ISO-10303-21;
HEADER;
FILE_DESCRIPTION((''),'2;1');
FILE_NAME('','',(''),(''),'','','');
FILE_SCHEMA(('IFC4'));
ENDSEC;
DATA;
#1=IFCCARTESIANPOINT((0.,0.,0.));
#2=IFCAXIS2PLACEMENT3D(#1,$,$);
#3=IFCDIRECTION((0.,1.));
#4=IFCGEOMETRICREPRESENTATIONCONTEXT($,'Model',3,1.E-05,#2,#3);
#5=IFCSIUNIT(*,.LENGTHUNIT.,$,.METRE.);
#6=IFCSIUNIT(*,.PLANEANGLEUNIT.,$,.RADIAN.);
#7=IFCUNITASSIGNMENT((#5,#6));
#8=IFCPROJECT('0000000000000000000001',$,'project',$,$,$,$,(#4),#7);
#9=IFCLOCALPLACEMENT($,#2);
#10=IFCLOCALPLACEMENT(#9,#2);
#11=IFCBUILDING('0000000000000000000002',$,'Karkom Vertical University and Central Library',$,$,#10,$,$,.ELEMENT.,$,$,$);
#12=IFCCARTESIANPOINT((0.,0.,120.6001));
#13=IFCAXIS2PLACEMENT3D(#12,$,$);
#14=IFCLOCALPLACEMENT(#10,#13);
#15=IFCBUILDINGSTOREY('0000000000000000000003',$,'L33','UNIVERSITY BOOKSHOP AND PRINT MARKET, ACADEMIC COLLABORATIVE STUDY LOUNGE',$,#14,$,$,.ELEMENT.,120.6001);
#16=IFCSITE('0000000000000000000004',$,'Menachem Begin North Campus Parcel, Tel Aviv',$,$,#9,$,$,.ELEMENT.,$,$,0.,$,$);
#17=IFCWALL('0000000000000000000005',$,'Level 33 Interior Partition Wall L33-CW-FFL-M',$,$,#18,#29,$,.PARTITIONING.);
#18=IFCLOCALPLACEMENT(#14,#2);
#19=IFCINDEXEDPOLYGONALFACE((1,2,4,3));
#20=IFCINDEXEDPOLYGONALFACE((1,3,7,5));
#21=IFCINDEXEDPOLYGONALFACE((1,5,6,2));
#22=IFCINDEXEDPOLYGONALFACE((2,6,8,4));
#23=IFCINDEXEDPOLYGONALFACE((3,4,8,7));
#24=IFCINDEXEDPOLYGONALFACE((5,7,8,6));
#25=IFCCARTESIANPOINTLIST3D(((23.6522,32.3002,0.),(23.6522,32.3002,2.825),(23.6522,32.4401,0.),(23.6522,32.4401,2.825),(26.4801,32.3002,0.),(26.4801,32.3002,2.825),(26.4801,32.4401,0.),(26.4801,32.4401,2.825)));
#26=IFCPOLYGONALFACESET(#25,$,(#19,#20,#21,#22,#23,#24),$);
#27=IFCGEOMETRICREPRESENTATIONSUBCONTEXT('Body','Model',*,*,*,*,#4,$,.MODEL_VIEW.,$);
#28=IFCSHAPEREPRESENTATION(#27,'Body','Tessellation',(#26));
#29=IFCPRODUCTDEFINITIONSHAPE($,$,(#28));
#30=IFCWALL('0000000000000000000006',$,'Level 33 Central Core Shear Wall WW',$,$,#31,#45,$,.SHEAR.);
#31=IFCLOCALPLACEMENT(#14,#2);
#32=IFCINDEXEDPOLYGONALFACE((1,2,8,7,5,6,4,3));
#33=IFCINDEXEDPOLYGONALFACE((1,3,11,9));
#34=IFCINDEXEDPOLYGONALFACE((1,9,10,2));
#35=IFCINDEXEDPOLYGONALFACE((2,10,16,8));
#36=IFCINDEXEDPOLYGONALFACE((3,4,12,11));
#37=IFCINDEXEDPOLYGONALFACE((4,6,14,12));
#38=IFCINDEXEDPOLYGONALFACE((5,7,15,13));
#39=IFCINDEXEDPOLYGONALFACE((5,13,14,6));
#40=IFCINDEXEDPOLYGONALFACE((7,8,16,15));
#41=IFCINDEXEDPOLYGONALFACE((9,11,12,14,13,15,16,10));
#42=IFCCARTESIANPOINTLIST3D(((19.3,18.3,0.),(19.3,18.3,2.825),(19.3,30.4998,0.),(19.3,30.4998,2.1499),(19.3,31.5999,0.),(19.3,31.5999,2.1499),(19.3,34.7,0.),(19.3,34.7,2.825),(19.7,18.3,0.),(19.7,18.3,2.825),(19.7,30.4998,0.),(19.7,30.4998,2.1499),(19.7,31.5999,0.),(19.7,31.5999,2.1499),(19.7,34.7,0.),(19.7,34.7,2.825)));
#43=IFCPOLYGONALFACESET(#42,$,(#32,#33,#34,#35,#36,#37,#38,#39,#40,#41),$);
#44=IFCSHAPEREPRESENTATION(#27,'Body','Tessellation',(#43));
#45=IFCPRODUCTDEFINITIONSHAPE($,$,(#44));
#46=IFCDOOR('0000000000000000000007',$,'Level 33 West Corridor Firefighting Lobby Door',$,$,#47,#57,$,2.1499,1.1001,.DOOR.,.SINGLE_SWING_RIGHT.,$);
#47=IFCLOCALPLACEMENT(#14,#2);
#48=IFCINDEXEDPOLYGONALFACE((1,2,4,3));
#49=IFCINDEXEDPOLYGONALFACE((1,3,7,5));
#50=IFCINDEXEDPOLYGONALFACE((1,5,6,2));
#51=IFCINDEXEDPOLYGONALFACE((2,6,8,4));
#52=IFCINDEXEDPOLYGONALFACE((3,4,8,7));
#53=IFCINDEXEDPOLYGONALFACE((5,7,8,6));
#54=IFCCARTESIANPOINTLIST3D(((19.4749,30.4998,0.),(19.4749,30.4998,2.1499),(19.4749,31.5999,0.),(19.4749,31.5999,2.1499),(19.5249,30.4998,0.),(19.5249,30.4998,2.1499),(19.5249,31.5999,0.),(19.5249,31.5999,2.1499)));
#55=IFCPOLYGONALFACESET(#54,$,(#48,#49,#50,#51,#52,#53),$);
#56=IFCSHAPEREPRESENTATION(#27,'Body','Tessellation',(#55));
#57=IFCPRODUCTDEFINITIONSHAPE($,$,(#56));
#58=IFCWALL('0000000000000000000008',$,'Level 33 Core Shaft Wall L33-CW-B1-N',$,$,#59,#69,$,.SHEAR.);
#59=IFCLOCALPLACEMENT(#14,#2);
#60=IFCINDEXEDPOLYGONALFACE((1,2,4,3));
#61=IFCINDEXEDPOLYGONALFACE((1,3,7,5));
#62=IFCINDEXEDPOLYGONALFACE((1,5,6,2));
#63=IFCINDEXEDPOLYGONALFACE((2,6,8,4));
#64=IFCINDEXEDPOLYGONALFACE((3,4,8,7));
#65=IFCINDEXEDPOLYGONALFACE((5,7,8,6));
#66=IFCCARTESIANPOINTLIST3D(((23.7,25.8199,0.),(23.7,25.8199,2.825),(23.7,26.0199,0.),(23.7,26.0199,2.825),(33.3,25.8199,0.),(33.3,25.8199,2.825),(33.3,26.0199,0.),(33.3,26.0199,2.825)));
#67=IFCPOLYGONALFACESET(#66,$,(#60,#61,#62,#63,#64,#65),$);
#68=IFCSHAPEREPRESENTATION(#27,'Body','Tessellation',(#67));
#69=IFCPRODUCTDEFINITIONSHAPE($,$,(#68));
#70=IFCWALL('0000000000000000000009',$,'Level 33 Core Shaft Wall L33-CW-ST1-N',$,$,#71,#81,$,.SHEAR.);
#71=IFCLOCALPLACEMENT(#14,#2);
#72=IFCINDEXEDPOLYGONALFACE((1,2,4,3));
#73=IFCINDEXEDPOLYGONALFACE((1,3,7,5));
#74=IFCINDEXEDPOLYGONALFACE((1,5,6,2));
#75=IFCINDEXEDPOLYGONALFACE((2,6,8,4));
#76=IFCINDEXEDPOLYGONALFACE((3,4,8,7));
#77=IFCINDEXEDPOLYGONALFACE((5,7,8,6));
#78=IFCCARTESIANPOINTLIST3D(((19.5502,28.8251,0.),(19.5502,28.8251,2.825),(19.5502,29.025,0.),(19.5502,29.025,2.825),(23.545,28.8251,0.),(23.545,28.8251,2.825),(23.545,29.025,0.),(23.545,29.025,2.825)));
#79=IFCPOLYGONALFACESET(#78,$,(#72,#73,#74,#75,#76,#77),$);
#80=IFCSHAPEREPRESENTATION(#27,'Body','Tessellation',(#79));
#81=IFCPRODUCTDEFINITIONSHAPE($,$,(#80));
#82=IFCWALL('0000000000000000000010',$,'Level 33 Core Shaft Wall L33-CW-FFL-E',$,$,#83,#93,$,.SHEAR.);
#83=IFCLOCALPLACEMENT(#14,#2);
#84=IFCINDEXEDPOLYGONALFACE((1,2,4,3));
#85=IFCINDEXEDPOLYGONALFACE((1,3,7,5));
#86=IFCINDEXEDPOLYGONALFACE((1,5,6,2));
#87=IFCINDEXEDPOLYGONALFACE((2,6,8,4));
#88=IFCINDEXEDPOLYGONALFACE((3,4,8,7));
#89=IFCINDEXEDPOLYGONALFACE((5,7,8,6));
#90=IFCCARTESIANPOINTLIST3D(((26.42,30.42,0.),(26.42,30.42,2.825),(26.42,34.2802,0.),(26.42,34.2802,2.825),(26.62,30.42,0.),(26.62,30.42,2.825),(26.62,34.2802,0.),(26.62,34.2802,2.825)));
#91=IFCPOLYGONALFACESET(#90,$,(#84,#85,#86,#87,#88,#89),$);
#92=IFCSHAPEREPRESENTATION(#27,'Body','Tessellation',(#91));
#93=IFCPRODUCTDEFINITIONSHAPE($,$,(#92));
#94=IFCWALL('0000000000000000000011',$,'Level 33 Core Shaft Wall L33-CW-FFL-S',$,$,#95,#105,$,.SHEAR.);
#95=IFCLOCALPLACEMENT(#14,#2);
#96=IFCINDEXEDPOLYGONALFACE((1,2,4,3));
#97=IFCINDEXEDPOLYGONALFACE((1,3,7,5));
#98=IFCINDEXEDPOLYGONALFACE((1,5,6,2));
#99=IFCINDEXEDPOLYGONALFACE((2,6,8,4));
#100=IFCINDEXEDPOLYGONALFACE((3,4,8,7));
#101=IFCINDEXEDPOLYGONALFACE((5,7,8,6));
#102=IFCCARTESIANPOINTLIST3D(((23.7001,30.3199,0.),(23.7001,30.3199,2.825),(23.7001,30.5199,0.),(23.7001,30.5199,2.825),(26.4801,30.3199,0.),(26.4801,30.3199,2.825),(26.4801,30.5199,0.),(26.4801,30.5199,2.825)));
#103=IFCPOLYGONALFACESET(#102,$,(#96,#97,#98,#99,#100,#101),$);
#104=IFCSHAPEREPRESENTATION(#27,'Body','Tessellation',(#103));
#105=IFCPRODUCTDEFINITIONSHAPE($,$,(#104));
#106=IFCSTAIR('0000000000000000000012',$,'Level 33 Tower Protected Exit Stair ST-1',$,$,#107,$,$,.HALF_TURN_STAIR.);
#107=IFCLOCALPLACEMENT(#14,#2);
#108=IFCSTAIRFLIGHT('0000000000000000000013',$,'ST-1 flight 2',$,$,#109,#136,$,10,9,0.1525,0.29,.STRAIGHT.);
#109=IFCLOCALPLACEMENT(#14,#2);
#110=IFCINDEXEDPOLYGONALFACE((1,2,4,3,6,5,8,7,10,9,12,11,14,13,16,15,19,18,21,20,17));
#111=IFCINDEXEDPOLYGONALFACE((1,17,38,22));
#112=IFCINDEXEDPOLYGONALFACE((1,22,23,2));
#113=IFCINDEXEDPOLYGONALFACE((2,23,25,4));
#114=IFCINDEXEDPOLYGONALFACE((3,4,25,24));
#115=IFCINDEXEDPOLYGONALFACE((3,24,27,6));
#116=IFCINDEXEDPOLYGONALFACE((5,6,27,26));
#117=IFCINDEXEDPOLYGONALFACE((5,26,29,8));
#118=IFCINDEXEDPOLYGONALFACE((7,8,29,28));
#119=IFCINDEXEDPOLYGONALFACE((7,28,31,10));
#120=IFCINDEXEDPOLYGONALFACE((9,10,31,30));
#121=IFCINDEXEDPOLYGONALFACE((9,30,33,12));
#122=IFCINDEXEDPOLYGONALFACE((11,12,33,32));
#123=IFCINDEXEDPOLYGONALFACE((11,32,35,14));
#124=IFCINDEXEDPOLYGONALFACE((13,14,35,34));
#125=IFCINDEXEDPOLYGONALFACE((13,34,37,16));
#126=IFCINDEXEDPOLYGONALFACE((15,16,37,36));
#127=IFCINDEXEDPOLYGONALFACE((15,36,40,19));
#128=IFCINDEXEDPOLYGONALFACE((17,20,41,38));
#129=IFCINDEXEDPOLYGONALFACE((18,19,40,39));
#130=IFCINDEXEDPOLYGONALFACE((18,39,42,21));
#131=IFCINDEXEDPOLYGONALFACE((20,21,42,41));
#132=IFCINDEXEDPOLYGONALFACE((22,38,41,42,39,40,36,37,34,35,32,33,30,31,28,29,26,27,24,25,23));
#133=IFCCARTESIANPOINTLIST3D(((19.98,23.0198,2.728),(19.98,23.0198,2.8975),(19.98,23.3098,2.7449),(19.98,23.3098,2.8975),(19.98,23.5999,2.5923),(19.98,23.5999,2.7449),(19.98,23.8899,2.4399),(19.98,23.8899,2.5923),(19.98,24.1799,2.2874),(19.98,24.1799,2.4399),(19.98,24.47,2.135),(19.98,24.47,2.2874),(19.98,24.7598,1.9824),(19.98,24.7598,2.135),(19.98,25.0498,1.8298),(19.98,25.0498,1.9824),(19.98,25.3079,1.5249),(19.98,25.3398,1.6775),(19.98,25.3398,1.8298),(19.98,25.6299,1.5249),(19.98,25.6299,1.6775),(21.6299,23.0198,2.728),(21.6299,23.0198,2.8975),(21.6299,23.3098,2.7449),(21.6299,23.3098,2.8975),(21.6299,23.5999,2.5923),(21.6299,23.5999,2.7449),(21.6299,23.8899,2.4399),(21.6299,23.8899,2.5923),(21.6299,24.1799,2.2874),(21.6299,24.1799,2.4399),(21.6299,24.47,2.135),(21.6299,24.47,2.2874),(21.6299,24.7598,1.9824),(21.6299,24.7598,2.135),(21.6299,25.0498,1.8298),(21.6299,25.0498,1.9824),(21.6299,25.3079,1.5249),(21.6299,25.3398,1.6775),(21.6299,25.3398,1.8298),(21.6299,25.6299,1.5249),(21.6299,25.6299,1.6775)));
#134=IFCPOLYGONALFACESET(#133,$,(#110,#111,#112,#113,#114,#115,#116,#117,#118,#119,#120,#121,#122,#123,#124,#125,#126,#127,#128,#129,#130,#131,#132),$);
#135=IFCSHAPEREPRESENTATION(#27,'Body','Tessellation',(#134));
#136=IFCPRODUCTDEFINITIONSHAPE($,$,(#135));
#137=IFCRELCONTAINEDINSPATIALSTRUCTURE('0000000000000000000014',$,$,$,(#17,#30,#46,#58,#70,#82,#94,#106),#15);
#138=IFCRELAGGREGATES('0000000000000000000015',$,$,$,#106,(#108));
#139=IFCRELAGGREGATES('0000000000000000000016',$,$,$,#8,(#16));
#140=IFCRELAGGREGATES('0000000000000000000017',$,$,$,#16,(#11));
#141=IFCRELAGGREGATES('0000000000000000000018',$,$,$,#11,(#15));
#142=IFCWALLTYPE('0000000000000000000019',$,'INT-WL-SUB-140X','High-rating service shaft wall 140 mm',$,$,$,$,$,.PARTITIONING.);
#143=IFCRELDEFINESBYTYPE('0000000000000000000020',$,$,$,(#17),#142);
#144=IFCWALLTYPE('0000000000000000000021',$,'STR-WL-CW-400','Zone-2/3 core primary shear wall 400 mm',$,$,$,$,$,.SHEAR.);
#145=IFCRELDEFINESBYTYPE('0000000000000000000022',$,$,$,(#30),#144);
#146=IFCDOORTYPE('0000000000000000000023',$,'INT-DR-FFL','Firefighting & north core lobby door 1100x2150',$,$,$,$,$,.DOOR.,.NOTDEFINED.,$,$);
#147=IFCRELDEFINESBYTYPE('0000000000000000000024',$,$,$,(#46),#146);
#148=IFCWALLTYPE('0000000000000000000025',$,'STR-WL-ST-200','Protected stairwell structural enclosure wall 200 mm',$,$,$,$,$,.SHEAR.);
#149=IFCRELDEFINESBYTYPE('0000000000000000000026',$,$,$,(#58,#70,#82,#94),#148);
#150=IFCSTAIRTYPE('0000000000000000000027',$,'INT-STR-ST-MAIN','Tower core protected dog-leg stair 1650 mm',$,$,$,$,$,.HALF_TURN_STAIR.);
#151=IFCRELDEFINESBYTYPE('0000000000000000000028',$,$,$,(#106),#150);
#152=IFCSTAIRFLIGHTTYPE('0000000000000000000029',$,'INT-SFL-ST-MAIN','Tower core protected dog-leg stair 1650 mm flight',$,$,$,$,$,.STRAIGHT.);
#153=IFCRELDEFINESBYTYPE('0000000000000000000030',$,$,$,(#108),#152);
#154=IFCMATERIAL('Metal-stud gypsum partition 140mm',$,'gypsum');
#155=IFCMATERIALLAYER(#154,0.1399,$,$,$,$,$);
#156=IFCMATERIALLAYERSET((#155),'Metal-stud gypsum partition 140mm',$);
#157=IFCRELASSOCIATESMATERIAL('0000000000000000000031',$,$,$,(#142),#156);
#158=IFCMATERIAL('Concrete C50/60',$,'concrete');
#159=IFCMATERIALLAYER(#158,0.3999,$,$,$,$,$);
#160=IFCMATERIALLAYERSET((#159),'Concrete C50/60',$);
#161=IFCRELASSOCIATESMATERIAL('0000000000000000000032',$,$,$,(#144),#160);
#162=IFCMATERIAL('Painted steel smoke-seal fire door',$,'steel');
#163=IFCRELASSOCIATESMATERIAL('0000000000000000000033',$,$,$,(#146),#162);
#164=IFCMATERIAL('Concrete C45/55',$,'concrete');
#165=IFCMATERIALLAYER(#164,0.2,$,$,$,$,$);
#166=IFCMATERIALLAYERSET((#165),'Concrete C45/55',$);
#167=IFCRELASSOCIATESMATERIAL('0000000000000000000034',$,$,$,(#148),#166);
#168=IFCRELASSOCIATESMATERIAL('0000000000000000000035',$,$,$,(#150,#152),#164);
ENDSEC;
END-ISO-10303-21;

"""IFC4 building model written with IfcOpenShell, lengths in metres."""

from ifc_helpers import new_model, si_unit, direction, frame, frame_2d, origin, origin_with_axes, place, context, subcontext, project, spatial, polyline, rectangle, outline, extrude, source, transform, mapped, material, layer, layer_set, type_object, element, fill, aggregate, save


model = new_model("IFC4")

# Units and contexts
model_context = context("Model", 3, precision=1e-05, world=origin(), true_north=direction((0.0, 1.0)))
body_context = subcontext(model_context, "Body", "Model", "MODEL_VIEW")
ifc_project = project(units=[si_unit("LENGTHUNIT", "METRE"), si_unit("PLANEANGLEUNIT", "RADIAN")], contexts=[model_context])

# Site, building, storey
site_placement = place(None, origin())
site = spatial("IfcSite", under=ifc_project, at=site_placement, Name="Menachem Begin North Campus Parcel, Tel Aviv", CompositionType="ELEMENT", RefElevation=0.0)
building_placement = place(site_placement, origin())
building = spatial("IfcBuilding", under=site, at=building_placement, Name="Karkom Vertical University and Central Library", CompositionType="ELEMENT")
storey_placement = place(building_placement, frame((0.0, 0.0, 120.6001)))
storey = spatial("IfcBuildingStorey", under=building, at=storey_placement, Name="L33", Description="UNIVERSITY BOOKSHOP AND PRINT MARKET, ACADEMIC COLLABORATIVE STUDY LOUNGE", CompositionType="ELEMENT", Elevation=120.6001)

# Shared definitions
ifc_material_1 = material(Name="Concrete C50/60", Category="concrete")

# Wall
ifc_material_2 = material(Name="Metal-stud gypsum partition 140mm", Category="gypsum")
ifc_layer_1 = layer(ifc_material_2, 0.1399)
ifc_layer_set_1 = layer_set([ifc_layer_1], Name="Metal-stud gypsum partition 140mm")
wall_type_1 = type_object("IfcWallType", Name="INT-WL-SUB-140X", Description="High-rating service shaft wall 140 mm", PredefinedType="PARTITIONING", material=ifc_layer_set_1)
wall_1_placement = place(storey_placement, frame((23.6521, 32.3701, 0.0), z_axis=(0.0, 0.0, 1.0), x_axis=(1.0, 0.0, 0.0)))
element("IfcWall", 1, at=wall_1_placement, inside=storey, type_object=wall_type_1, Name="Level 33 Interior Partition Wall L33-CW-FFL-M", PredefinedType="PARTITIONING", context=body_context, shape_type="SweptSolid", body=[
    extrude(rectangle(XDim=2.8279, YDim=0.1399, at=frame_2d((1.4141, 0.0))), origin(), (0.0, 0.0, 1.0), 2.825),
])

# Wall, opening, door
ifc_layer_2 = layer(ifc_material_1, 0.3999)
ifc_layer_set_2 = layer_set([ifc_layer_2], Name="Concrete C50/60")
wall_type_2 = type_object("IfcWallType", Name="STR-WL-CW-400", Description="Zone-2/3 core primary shear wall 400 mm", PredefinedType="SHEAR", material=ifc_layer_set_2)
wall_2_placement = place(storey_placement, frame((19.5, 34.7, 0.0), z_axis=(0.0, 0.0, 1.0), x_axis=(0.0, -1.0, 0.0)))
wall_2 = element("IfcWall", 2, at=wall_2_placement, inside=storey, type_object=wall_type_2, Name="Level 33 Central Core Shear Wall WW", PredefinedType="SHEAR", context=body_context, shape_type="SweptSolid", body=[
    extrude(rectangle(XDim=16.3999, YDim=0.3999, at=frame_2d((8.2, 0.0))), origin(), (0.0, 0.0, 1.0), 2.825),
])
opening_1_placement = place(wall_2_placement, frame((3.1001, 0.0, 0.0)))
opening_1 = element("IfcOpeningElement", 3, at=opening_1_placement, cuts=wall_2, PredefinedType="OPENING", context=body_context, shape_type="SweptSolid", body=[
    extrude(rectangle(XDim=1.1001, YDim=2.1499, at=frame_2d((0.55, 1.075))), frame((0.0, 0.21, 0.0), z_axis=(0.0, -1.0, 0.0), x_axis=(1.0, 0.0, 0.0)), (0.0, 0.0, 1.0), 0.4199),
])
ifc_material_3 = material(Name="Painted steel smoke-seal fire door", Category="steel")
door_type_1 = type_object("IfcDoorType", Name="INT-DR-FFL", Description="Firefighting & north core lobby door 1100x2150", OperationType="NOTDEFINED", PredefinedType="DOOR", material=ifc_material_3)
shared_shape_1 = source(origin_with_axes(), body_context, "Body", "SweptSolid", [
    extrude(rectangle(XDim=1.1001, YDim=2.1499, at=frame_2d((0.55, 1.075))), frame((0.0, 0.0249, 0.0), z_axis=(0.0, -1.0, 0.0), x_axis=(1.0, 0.0, 0.0)), (0.0, 0.0, 1.0), 0.05),
])
door_1_placement = place(opening_1_placement, origin())
door_1 = element("IfcDoor", 4, at=door_1_placement, inside=storey, type_object=door_type_1, Name="Level 33 West Corridor Firefighting Lobby Door", OperationType="SINGLE_SWING_RIGHT", OverallHeight=2.1499, OverallWidth=1.1001, PredefinedType="DOOR", context=body_context, shape_type="MappedRepresentation", body=[
    mapped(shared_shape_1, transform((0.0, 0.0, 0.0), scale=1.0)),
])
fill(opening_1, door_1)

# Wall
ifc_material_4 = material(Name="Concrete C45/55", Category="concrete")
ifc_layer_3 = layer(ifc_material_4, 0.2)
ifc_layer_set_3 = layer_set([ifc_layer_3], Name="Concrete C45/55")
wall_type_3 = type_object("IfcWallType", Name="STR-WL-ST-200", Description="Protected stairwell structural enclosure wall 200 mm", PredefinedType="SHEAR", material=ifc_layer_set_3)
wall_3_placement = place(storey_placement, frame((23.7, 25.9199, 0.0), z_axis=(0.0, 0.0, 1.0), x_axis=(1.0, 0.0, 0.0)))
element("IfcWall", 5, at=wall_3_placement, inside=storey, type_object=wall_type_3, Name="Level 33 Core Shaft Wall L33-CW-B1-N", PredefinedType="SHEAR", context=body_context, shape_type="SweptSolid", body=[
    extrude(rectangle(XDim=9.6001, YDim=0.2, at=frame_2d((4.8, 0.0))), origin(), (0.0, 0.0, 1.0), 2.825),
])

# Walls
wall_4_placement = place(storey_placement, frame((19.55, 28.925, 0.0), z_axis=(0.0, 0.0, 1.0), x_axis=(1.0, 0.0, 0.0)))
element("IfcWall", 6, at=wall_4_placement, inside=storey, type_object=wall_type_3, Name="Level 33 Core Shaft Wall L33-CW-ST1-N", PredefinedType="SHEAR", context=body_context, shape_type="SweptSolid", body=[
    extrude(rectangle(XDim=3.9949, YDim=0.2, at=frame_2d((1.9976, 0.0))), origin(), (0.0, 0.0, 1.0), 2.825),
])
wall_5_placement = place(storey_placement, frame((26.52, 30.4199, 0.0), z_axis=(0.0, 0.0, 1.0), x_axis=(0.0, 1.0, 0.0)))
element("IfcWall", 7, at=wall_5_placement, inside=storey, type_object=wall_type_3, Name="Level 33 Core Shaft Wall L33-CW-FFL-E", PredefinedType="SHEAR", context=body_context, shape_type="SweptSolid", body=[
    extrude(rectangle(XDim=3.8601, YDim=0.2, at=frame_2d((1.9302, 0.0))), origin(), (0.0, 0.0, 1.0), 2.825),
])
wall_6_placement = place(storey_placement, frame((23.7, 30.4199, 0.0), z_axis=(0.0, 0.0, 1.0), x_axis=(1.0, 0.0, 0.0)))
element("IfcWall", 8, at=wall_6_placement, inside=storey, type_object=wall_type_3, Name="Level 33 Core Shaft Wall L33-CW-FFL-S", PredefinedType="SHEAR", context=body_context, shape_type="SweptSolid", body=[
    extrude(rectangle(XDim=2.78, YDim=0.2, at=frame_2d((1.3901, 0.0))), origin(), (0.0, 0.0, 1.0), 2.825),
])

# Stair, stair flight
stair_type = type_object("IfcStairType", Name="INT-STR-ST-MAIN", Description="Tower core protected dog-leg stair 1650 mm", PredefinedType="HALF_TURN_STAIR", material=ifc_material_4)
stair_placement = place(storey_placement, origin())
stair = element("IfcStair", 9, at=stair_placement, inside=storey, type_object=stair_type, Name="Level 33 Tower Protected Exit Stair ST-1", PredefinedType="HALF_TURN_STAIR")
stair_flight_type = type_object("IfcStairFlightType", Name="INT-SFL-ST-MAIN", Description="Tower core protected dog-leg stair 1650 mm flight", PredefinedType="STRAIGHT", material=ifc_material_4)
stair_flight_placement = place(storey_placement, frame((20.8049, 25.6299, 1.5249), z_axis=(0.0, 0.0, 1.0), x_axis=(0.0, -1.0, 0.0)))
stair_flight = element("IfcStairFlight", 10, at=stair_flight_placement, type_object=stair_flight_type, Name="ST-1 flight 2", NumberOfRisers=10, NumberOfTreads=9, PredefinedType="STRAIGHT", RiserHeight=0.1525, TreadLength=0.29, context=body_context, shape_type="SweptSolid", body=[
    extrude(outline(polyline([(0.0, 0.0), (0.0, 0.1526), (0.29, 0.1526), (0.29, 0.3049), (0.5801, 0.3049), (0.5801, 0.4575), (0.8701, 0.4575), (0.8701, 0.6101), (1.1599, 0.6101), (1.1599, 0.7625), (1.45, 0.7625), (1.45, 0.915), (1.74, 0.915), (1.74, 1.0674), (2.03, 1.0674), (2.03, 1.22), (2.3201, 1.22), (2.3201, 1.3726), (2.6101, 1.3726), (2.6101, 1.5249), (2.6101, 1.2031), (0.322, 0.0), (0.0, 0.0)])), frame((0.0, 0.825, 0.0), z_axis=(0.0, -1.0, 0.0), x_axis=(1.0, 0.0, 0.0)), (0.0, 0.0, 1.0), 1.6499),
])
aggregate(stair, [stair_flight])

save(model, "model.ifc")
